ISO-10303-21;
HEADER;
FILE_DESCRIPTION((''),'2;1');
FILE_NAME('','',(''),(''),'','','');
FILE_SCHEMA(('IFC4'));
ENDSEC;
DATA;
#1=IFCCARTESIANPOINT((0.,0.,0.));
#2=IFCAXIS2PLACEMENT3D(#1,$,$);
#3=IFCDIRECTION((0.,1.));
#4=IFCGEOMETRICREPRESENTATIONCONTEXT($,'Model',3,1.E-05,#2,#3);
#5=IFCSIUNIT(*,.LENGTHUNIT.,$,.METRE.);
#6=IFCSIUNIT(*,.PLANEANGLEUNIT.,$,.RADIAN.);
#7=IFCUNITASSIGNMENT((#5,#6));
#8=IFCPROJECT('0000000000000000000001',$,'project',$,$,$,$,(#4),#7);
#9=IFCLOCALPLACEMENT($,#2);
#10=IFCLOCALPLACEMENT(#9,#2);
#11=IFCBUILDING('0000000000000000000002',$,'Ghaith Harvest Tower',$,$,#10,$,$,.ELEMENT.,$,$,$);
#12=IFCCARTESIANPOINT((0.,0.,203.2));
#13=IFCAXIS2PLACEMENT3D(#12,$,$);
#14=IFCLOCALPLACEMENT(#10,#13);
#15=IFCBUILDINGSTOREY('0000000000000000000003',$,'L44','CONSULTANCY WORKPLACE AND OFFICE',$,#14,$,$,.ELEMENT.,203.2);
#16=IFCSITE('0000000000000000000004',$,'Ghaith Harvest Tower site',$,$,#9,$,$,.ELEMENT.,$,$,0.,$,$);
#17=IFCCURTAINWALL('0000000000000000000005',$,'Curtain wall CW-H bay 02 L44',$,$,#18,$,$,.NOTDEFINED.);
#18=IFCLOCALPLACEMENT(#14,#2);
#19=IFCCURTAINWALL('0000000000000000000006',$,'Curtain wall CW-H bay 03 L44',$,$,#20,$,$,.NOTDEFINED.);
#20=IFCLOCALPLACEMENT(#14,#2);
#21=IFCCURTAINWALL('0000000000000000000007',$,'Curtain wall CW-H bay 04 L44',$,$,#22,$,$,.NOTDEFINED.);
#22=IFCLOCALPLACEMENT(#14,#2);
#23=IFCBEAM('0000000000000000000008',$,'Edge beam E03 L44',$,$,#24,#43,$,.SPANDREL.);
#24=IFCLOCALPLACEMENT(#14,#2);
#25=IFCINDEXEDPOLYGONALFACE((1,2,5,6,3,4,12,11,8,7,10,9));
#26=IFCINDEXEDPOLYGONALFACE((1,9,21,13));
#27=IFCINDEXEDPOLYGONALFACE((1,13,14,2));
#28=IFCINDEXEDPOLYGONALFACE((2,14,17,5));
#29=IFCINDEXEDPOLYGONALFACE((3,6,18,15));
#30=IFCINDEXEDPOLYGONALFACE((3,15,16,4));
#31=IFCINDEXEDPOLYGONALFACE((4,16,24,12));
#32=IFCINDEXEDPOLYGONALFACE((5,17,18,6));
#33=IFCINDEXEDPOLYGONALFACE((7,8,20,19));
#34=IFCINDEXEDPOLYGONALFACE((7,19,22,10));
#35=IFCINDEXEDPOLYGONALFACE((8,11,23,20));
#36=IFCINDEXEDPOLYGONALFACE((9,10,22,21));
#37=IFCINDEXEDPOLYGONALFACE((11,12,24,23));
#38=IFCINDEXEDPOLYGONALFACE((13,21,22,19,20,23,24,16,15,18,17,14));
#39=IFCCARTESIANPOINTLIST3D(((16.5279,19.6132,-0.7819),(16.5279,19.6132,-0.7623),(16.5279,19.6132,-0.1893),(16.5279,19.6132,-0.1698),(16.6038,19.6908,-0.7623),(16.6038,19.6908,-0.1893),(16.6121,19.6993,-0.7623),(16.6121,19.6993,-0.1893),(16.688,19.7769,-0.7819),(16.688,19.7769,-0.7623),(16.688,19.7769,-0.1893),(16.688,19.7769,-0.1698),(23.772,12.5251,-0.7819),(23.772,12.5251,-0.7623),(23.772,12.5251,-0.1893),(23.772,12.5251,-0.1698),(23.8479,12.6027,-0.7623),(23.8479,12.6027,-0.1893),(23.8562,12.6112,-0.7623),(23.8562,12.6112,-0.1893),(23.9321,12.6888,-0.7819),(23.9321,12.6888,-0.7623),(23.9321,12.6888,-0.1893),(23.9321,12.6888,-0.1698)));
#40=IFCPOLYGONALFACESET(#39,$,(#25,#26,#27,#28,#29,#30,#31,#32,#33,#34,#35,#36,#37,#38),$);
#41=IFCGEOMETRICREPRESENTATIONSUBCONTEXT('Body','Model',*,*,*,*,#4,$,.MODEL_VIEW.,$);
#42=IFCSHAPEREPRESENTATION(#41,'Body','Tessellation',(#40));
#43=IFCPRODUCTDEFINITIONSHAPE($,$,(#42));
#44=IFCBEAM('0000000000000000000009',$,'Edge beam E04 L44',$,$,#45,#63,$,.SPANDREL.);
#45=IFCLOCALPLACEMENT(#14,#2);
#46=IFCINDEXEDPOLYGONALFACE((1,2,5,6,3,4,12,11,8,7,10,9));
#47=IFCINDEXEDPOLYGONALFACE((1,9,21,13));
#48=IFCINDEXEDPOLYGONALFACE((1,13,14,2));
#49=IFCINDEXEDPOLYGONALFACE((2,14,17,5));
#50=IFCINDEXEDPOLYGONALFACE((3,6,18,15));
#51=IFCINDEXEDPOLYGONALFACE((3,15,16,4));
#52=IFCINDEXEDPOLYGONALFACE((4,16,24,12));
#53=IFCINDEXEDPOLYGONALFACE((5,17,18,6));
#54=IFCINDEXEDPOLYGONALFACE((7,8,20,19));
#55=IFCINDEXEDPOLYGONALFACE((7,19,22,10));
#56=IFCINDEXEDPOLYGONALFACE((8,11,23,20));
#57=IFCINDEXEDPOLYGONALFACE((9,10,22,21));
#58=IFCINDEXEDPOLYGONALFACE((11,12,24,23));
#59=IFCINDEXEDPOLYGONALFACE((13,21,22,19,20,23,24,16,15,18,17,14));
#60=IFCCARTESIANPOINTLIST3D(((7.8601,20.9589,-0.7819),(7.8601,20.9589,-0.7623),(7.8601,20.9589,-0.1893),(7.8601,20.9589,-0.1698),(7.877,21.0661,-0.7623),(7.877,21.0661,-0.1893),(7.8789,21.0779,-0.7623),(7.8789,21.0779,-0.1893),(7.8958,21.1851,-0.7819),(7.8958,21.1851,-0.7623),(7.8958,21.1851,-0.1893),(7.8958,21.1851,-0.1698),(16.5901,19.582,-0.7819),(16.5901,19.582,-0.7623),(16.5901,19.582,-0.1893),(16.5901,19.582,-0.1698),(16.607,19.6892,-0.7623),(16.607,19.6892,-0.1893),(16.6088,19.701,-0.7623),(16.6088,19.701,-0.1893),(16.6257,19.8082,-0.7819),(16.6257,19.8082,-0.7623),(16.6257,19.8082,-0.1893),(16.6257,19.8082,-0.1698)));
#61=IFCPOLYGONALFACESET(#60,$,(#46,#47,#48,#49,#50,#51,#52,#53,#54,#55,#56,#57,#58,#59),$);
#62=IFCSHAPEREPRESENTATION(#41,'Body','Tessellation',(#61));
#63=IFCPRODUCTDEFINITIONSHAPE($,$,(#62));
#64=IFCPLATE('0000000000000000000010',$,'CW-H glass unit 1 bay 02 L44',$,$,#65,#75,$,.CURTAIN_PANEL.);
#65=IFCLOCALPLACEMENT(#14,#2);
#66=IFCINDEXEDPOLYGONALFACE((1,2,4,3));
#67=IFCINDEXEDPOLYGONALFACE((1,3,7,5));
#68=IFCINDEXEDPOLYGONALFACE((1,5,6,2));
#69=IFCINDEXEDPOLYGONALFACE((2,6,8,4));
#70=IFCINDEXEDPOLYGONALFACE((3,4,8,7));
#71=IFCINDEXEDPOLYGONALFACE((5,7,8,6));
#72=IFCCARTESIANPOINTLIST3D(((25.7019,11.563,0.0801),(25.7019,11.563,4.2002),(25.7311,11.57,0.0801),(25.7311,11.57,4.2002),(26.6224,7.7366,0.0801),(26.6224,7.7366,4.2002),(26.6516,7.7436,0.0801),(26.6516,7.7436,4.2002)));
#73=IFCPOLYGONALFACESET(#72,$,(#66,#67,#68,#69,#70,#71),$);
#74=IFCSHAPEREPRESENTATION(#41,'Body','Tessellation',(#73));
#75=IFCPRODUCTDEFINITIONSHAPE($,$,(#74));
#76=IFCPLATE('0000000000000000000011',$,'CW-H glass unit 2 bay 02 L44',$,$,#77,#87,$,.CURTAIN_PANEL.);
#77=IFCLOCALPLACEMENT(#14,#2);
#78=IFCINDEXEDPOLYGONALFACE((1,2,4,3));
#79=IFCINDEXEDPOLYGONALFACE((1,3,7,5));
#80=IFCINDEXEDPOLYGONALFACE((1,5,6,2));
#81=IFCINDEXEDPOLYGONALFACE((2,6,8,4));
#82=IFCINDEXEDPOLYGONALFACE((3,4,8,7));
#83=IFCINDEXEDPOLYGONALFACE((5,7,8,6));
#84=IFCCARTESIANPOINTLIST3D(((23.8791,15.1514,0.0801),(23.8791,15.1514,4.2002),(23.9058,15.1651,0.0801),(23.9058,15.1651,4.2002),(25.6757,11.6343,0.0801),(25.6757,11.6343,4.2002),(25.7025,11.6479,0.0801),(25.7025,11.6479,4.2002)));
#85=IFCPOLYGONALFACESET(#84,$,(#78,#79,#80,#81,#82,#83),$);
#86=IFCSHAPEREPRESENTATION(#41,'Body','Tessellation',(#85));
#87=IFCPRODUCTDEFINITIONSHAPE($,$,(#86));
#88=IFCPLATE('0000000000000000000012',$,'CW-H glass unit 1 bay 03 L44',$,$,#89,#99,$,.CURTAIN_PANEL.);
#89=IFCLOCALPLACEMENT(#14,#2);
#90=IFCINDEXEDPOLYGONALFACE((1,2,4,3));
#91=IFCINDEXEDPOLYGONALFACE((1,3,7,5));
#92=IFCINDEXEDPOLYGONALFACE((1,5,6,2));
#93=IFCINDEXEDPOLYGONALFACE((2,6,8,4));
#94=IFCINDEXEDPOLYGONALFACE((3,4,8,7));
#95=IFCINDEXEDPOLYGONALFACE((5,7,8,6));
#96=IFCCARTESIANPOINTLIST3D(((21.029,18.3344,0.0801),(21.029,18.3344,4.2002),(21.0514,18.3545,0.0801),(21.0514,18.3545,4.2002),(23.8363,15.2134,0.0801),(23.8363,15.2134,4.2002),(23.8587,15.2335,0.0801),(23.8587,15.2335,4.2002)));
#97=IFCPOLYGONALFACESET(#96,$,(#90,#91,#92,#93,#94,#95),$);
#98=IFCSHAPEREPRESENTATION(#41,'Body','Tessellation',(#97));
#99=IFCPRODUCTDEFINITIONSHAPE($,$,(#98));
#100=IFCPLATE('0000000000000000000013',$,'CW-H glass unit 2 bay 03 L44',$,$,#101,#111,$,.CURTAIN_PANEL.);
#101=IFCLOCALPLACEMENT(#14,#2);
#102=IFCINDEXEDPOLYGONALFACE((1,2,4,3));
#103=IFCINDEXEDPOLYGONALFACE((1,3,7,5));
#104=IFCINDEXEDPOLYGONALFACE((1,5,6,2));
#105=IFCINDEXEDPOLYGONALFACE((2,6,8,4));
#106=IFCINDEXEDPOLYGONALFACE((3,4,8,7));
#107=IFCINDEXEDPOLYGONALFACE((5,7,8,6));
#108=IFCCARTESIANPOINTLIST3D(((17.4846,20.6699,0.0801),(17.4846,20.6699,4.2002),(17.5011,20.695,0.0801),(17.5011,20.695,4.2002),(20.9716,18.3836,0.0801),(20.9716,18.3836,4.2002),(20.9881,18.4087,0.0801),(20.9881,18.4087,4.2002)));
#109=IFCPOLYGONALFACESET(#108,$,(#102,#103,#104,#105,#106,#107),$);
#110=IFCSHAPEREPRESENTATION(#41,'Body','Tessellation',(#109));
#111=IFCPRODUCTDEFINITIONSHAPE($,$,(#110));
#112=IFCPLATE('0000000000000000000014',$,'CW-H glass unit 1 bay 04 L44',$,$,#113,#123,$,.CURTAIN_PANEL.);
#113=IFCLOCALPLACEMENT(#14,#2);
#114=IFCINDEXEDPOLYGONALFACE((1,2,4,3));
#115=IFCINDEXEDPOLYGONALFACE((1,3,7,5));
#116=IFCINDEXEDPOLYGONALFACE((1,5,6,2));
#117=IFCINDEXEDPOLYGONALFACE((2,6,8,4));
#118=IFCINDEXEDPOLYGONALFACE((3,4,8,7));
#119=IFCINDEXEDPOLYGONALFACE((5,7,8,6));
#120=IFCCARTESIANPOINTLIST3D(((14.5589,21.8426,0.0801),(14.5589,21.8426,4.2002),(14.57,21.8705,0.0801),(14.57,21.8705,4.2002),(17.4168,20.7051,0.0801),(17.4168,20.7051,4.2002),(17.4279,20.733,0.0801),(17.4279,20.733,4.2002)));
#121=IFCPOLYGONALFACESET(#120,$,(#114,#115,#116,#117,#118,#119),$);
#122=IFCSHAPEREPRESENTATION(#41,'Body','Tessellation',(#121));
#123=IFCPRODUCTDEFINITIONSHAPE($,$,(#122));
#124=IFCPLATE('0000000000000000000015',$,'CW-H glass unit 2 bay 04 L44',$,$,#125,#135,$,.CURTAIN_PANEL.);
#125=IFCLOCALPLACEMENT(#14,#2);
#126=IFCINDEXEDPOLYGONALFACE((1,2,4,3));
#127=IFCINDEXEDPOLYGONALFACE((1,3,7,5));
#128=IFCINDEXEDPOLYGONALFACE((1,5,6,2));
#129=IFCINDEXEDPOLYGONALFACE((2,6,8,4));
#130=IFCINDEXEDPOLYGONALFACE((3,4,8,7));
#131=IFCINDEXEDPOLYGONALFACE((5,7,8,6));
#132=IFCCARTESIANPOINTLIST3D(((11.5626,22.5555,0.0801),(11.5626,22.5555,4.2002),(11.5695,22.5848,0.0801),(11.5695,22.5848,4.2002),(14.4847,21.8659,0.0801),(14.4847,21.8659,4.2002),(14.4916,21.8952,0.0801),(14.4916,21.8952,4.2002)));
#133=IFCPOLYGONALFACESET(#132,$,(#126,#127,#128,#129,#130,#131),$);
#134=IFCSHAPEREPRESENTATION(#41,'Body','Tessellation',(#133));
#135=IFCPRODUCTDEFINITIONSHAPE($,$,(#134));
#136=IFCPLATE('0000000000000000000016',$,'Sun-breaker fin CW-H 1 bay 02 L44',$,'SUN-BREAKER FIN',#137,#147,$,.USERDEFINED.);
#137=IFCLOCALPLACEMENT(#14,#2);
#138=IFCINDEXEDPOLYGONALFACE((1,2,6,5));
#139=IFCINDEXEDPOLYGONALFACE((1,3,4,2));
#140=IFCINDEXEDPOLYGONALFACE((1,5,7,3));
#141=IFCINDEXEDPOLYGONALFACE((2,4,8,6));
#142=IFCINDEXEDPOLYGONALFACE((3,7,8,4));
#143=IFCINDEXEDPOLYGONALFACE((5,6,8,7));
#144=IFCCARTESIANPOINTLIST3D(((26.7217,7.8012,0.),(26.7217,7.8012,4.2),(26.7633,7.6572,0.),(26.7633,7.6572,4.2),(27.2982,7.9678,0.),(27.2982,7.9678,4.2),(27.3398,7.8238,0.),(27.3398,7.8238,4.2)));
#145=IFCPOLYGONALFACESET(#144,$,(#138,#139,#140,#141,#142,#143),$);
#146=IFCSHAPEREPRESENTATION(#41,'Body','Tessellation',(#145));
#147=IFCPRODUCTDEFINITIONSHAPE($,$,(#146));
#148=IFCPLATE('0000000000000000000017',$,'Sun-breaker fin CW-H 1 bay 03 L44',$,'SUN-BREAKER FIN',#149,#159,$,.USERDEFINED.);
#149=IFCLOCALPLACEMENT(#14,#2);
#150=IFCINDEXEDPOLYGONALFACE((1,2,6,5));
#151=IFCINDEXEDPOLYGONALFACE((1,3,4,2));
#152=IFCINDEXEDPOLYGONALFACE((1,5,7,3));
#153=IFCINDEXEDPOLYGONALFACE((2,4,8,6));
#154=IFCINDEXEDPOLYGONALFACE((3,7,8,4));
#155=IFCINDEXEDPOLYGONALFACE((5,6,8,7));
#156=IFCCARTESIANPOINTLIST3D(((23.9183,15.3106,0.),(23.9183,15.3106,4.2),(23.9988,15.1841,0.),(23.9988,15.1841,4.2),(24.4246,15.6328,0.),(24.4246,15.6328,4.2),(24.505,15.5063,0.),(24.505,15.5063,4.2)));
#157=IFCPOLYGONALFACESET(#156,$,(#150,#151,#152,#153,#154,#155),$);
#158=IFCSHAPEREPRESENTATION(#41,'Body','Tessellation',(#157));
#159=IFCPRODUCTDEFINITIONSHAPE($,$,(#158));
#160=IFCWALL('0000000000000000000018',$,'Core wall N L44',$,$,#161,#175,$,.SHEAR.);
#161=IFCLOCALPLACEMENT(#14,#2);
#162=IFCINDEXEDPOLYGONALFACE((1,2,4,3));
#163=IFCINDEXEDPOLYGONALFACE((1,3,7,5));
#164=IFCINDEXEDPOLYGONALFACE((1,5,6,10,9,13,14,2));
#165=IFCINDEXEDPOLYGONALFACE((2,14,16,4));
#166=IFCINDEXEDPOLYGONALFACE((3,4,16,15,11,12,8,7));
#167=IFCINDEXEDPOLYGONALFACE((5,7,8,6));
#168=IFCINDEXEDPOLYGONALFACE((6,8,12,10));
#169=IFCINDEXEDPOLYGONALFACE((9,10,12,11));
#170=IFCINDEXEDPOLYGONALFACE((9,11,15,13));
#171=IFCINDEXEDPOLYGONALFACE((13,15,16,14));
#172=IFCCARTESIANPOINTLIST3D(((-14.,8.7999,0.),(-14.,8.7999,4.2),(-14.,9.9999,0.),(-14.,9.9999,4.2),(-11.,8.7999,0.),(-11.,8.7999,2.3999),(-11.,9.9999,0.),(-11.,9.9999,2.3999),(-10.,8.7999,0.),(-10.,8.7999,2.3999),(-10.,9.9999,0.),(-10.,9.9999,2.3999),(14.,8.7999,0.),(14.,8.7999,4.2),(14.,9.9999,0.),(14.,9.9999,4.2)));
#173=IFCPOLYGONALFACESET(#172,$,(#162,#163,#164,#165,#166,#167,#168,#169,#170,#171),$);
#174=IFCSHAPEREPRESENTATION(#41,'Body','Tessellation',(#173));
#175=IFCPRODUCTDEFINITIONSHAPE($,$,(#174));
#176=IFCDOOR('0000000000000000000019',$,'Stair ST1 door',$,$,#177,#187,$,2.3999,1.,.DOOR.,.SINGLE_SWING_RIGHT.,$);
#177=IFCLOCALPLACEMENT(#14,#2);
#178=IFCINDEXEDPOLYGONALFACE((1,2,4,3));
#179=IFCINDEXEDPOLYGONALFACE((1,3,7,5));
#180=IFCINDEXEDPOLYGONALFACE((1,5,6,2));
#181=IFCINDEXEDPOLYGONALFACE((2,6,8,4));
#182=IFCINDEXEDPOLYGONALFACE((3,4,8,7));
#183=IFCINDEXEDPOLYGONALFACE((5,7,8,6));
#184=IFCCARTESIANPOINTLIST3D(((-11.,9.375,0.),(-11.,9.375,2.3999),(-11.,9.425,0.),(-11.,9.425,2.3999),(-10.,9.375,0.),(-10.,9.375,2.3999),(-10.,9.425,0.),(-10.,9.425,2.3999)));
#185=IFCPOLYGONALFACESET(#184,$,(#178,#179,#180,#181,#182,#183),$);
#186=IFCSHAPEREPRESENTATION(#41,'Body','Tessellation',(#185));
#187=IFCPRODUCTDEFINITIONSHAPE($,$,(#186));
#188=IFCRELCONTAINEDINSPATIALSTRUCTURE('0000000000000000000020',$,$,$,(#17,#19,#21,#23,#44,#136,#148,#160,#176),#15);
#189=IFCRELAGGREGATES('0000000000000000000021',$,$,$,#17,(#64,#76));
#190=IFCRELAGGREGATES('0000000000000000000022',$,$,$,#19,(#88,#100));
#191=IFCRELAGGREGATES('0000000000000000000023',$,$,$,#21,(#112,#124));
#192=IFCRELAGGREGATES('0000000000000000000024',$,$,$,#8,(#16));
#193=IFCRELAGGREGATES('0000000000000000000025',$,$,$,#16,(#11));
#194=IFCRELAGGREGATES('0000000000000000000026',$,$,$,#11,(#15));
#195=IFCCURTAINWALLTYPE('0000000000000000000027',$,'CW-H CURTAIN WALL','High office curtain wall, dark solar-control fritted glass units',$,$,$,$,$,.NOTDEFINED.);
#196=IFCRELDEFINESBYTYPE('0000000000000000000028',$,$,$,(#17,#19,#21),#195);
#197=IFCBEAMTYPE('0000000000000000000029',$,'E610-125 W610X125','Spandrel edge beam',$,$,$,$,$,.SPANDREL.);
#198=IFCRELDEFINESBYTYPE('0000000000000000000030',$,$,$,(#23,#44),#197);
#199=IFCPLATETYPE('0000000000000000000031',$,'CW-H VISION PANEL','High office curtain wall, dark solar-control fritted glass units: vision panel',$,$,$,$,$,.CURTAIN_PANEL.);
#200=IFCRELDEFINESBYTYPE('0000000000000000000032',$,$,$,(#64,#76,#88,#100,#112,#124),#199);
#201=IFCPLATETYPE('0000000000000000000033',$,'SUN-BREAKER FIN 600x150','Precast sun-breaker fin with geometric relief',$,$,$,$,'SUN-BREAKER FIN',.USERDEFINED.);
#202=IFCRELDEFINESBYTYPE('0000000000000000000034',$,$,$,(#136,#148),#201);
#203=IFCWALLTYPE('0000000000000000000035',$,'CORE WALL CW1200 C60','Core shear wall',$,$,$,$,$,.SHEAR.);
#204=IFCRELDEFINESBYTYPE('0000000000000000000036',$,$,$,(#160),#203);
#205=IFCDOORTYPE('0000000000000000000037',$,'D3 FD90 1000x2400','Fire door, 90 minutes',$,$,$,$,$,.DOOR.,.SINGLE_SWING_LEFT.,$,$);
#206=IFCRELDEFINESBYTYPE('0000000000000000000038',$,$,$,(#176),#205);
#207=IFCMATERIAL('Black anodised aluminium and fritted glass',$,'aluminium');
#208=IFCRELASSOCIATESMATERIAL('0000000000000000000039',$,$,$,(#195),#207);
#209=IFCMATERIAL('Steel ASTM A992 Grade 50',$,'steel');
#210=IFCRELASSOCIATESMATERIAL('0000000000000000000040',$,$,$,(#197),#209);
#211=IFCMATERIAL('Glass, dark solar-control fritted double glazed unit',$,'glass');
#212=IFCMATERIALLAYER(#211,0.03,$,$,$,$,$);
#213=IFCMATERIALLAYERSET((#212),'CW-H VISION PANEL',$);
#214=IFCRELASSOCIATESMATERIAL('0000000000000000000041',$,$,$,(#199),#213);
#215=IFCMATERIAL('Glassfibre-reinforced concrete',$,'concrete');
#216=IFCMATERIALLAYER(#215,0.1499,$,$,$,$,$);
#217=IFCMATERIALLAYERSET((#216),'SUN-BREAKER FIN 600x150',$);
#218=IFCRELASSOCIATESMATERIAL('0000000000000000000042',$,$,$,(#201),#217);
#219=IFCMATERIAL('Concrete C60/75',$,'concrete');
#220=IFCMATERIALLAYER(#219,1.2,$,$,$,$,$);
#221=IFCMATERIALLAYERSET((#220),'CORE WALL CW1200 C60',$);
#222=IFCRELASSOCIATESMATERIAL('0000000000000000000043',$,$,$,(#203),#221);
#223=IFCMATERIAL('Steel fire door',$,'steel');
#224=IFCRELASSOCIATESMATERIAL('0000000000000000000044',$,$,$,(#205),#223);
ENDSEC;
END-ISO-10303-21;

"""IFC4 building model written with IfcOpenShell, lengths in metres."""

from ifc_helpers import new_model, si_unit, direction, frame, frame_2d, origin, origin_2d, place, context, subcontext, project, spatial, rectangle, i_section, extrude, material, layer, layer_set, material_profile, profile_set, type_object, element, fill, aggregate, save


model = new_model("IFC4")

# Units and contexts
model_context = context("Model", 3, precision=1e-05, world=origin(), true_north=direction((0.0, 1.0)))
body_context = subcontext(model_context, "Body", "Model", "MODEL_VIEW")
ifc_project = project(units=[si_unit("LENGTHUNIT", "METRE"), si_unit("PLANEANGLEUNIT", "RADIAN")], contexts=[model_context])

# Site, building, storey
site_placement = place(None, origin())
site = spatial("IfcSite", under=ifc_project, at=site_placement, Name="Ghaith Harvest Tower site", CompositionType="ELEMENT", RefElevation=0.0)
building_placement = place(site_placement, origin())
building = spatial("IfcBuilding", under=site, at=building_placement, Name="Ghaith Harvest Tower", CompositionType="ELEMENT")
storey_placement = place(building_placement, frame((0.0, 0.0, 203.2)))
storey = spatial("IfcBuildingStorey", under=building, at=storey_placement, Name="L44", Description="CONSULTANCY WORKPLACE AND OFFICE", CompositionType="ELEMENT", Elevation=203.2)

# Curtain wall
ifc_material_1 = material(Name="Black anodised aluminium and fritted glass", Category="aluminium")
curtain_wall_type = type_object("IfcCurtainWallType", Name="CW-H CURTAIN WALL", Description="High office curtain wall, dark solar-control fritted glass units", PredefinedType="NOTDEFINED", material=ifc_material_1)
curtain_wall_1_placement = place(storey_placement, origin())
curtain_wall_1 = element("IfcCurtainWall", 1, at=curtain_wall_1_placement, inside=storey, type_object=curtain_wall_type, Name="Curtain wall CW-H bay 02 L44", PredefinedType="NOTDEFINED")

# Curtain walls
curtain_wall_2_placement = place(storey_placement, origin())
curtain_wall_2 = element("IfcCurtainWall", 2, at=curtain_wall_2_placement, inside=storey, type_object=curtain_wall_type, Name="Curtain wall CW-H bay 03 L44", PredefinedType="NOTDEFINED")
curtain_wall_3_placement = place(storey_placement, origin())
curtain_wall_3 = element("IfcCurtainWall", 3, at=curtain_wall_3_placement, inside=storey, type_object=curtain_wall_type, Name="Curtain wall CW-H bay 04 L44", PredefinedType="NOTDEFINED")

# Beams
ifc_material_2 = material(Name="Steel ASTM A992 Grade 50", Category="steel")
ifc_material_profile_1 = material_profile(ifc_material_2, i_section(OverallWidth=0.229, OverallDepth=0.6121, WebThickness=0.012, FlangeThickness=0.0195, at=origin_2d()), Name="W610X125")
ifc_profile_set_1 = profile_set([ifc_material_profile_1], Name="Steel ASTM A992 Grade 50")
beam_type = type_object("IfcBeamType", Name="E610-125 W610X125", Description="Spandrel edge beam", PredefinedType="SPANDREL", material=ifc_profile_set_1)
beam_1_placement = place(storey_placement, frame((23.8521, 12.6069, -0.4758), z_axis=(-0.714761, 0.699369, 0.0), x_axis=(-0.699369, -0.714761, 0.0)))
element("IfcBeam", 4, at=beam_1_placement, inside=storey, type_object=beam_type, Name="Edge beam E03 L44", PredefinedType="SPANDREL", context=body_context, shape_type="SweptSolid", body=[
    extrude(i_section(OverallWidth=0.229, OverallDepth=0.6121, WebThickness=0.012, FlangeThickness=0.0195, at=origin_2d()), origin(), (0.0, 0.0, 1.0), 10.135),
])
beam_2_placement = place(storey_placement, frame((16.6079, 19.6951, -0.4758), z_axis=(-0.987788, 0.155801, 0.0), x_axis=(-0.155801, -0.987788, 0.0)))
element("IfcBeam", 5, at=beam_2_placement, inside=storey, type_object=beam_type, Name="Edge beam E04 L44", PredefinedType="SPANDREL", context=body_context, shape_type="SweptSolid", body=[
    extrude(i_section(OverallWidth=0.229, OverallDepth=0.6121, WebThickness=0.012, FlangeThickness=0.0195, at=origin_2d()), origin(), (0.0, 0.0, 1.0), 8.8379),
])

# Plates
ifc_material_3 = material(Name="Glass, dark solar-control fritted double glazed unit", Category="glass")
ifc_layer_1 = layer(ifc_material_3, 0.03)
ifc_layer_set_1 = layer_set([ifc_layer_1], Name="CW-H VISION PANEL")
plate_type_1 = type_object("IfcPlateType", Name="CW-H VISION PANEL", Description="High office curtain wall, dark solar-control fritted glass units: vision panel", PredefinedType="CURTAIN_PANEL", material=ifc_layer_set_1)
plate_1_placement = place(storey_placement, frame((26.1768, 9.6533, 0.0801), z_axis=(0.0, 0.0, 1.0), x_axis=(-0.233894, 0.972262, 0.0)))
plate_1 = element("IfcPlate", 6, at=plate_1_placement, type_object=plate_type_1, Name="CW-H glass unit 1 bay 02 L44", PredefinedType="CURTAIN_PANEL", context=body_context, shape_type="SweptSolid", body=[
    extrude(rectangle(XDim=3.9355, YDim=0.03, at=origin_2d()), origin(), (0.0, 0.0, 1.0), 4.1201),
])
plate_2_placement = place(storey_placement, frame((24.7908, 13.3997, 0.0801), z_axis=(0.0, 0.0, 1.0), x_axis=(-0.454915, 0.890535, 0.0)))
plate_2 = element("IfcPlate", 7, at=plate_2_placement, type_object=plate_type_1, Name="CW-H glass unit 2 bay 02 L44", PredefinedType="CURTAIN_PANEL", context=body_context, shape_type="SweptSolid", body=[
    extrude(rectangle(XDim=3.9495, YDim=0.03, at=origin_2d()), origin(), (0.0, 0.0, 1.0), 4.1201),
])
aggregate(curtain_wall_1, [plate_1, plate_2])
plate_3_placement = place(storey_placement, frame((22.4438, 16.7839, 0.0801), z_axis=(0.0, 0.0, 1.0), x_axis=(-0.668758, 0.74348, 0.0)))
plate_3 = element("IfcPlate", 8, at=plate_3_placement, type_object=plate_type_1, Name="CW-H glass unit 1 bay 03 L44", PredefinedType="CURTAIN_PANEL", context=body_context, shape_type="SweptSolid", body=[
    extrude(rectangle(XDim=4.1978, YDim=0.03, at=origin_2d()), origin(), (0.0, 0.0, 1.0), 4.1201),
])
plate_4_placement = place(storey_placement, frame((19.2363, 19.5393, 0.0801), z_axis=(0.0, 0.0, 1.0), x_axis=(-0.836277, 0.548308, 0.0)))
plate_4 = element("IfcPlate", 9, at=plate_4_placement, type_object=plate_type_1, Name="CW-H glass unit 2 bay 03 L44", PredefinedType="CURTAIN_PANEL", context=body_context, shape_type="SweptSolid", body=[
    extrude(rectangle(XDim=4.1697, YDim=0.03, at=origin_2d()), origin(), (0.0, 0.0, 1.0), 4.1201),
])
aggregate(curtain_wall_2, [plate_3, plate_4])
plate_5_placement = place(storey_placement, frame((15.9934, 21.2878, 0.0801), z_axis=(0.0, 0.0, 1.0), x_axis=(-0.929107, 0.36981, 0.0)))
plate_5 = element("IfcPlate", 10, at=plate_5_placement, type_object=plate_type_1, Name="CW-H glass unit 1 bay 04 L44", PredefinedType="CURTAIN_PANEL", context=body_context, shape_type="SweptSolid", body=[
    extrude(rectangle(XDim=3.0759, YDim=0.03, at=origin_2d()), origin(), (0.0, 0.0, 1.0), 4.1201),
])
plate_6_placement = place(storey_placement, frame((13.0271, 22.2253, 0.0801), z_axis=(0.0, 0.0, 1.0), x_axis=(-0.973266, 0.22968, 0.0)))
plate_6 = element("IfcPlate", 11, at=plate_6_placement, type_object=plate_type_1, Name="CW-H glass unit 2 bay 04 L44", PredefinedType="CURTAIN_PANEL", context=body_context, shape_type="SweptSolid", body=[
    extrude(rectangle(XDim=3.0024, YDim=0.03, at=origin_2d()), origin(), (0.0, 0.0, 1.0), 4.1201),
])
aggregate(curtain_wall_3, [plate_5, plate_6])

# Plates
ifc_material_4 = material(Name="Glassfibre-reinforced concrete", Category="concrete")
ifc_layer_2 = layer(ifc_material_4, 0.1499)
ifc_layer_set_2 = layer_set([ifc_layer_2], Name="SUN-BREAKER FIN 600x150")
plate_type_2 = type_object("IfcPlateType", Name="SUN-BREAKER FIN 600x150", Description="Precast sun-breaker fin with geometric relief", ElementType="SUN-BREAKER FIN", PredefinedType="USERDEFINED", material=ifc_layer_set_2)
for number, where, z_axis, x_axis, name in (
    (12, (27.0308, 7.8125, 0.0), (0.0, 0.0, 1.0), (0.96068, 0.277657, 0.0), "Sun-breaker fin CW-H 1 bay 02 L44"),
    (13, (24.2117, 15.4084, 0.0), (0.0, 0.0, 1.0), (0.843644, 0.536903, 0.0), "Sun-breaker fin CW-H 1 bay 03 L44"),
):
    element("IfcPlate", number, at=place(storey_placement, frame(where, z_axis=z_axis, x_axis=x_axis)), inside=storey, type_object=plate_type_2, Name=name, ObjectType="SUN-BREAKER FIN", PredefinedType="USERDEFINED", context=body_context, shape_type="SweptSolid", body=[
        extrude(rectangle(XDim=0.6001, YDim=0.1499, at=origin_2d()), origin(), (0.0, 0.0, 1.0), 4.2),
    ])

# Wall, opening, door
ifc_material_5 = material(Name="Concrete C60/75", Category="concrete")
ifc_layer_3 = layer(ifc_material_5, 1.2)
ifc_layer_set_3 = layer_set([ifc_layer_3], Name="CORE WALL CW1200 C60")
wall_type_1 = type_object("IfcWallType", Name="CORE WALL CW1200 C60", Description="Core shear wall", PredefinedType="SHEAR", material=ifc_layer_set_3)
wall_1_placement = place(storey_placement, frame((14.0, 9.3999, 0.0), z_axis=(0.0, 0.0, 1.0), x_axis=(-1.0, 0.0, 0.0)))
wall_1 = element("IfcWall", 14, at=wall_1_placement, inside=storey, type_object=wall_type_1, Name="Core wall N L44", PredefinedType="SHEAR", context=body_context, shape_type="SweptSolid", body=[
    extrude(rectangle(XDim=28.0, YDim=1.2, at=frame_2d((14.0, 0.0))), origin(), (0.0, 0.0, 1.0), 4.2),
])
opening_placement = place(wall_1_placement, frame((24.0, 0.0, 0.0)))
opening = element("IfcOpeningElement", 15, at=opening_placement, cuts=wall_1, PredefinedType="OPENING", context=body_context, shape_type="SweptSolid", body=[
    extrude(rectangle(XDim=1.0, YDim=2.3999, at=frame_2d((0.5, 1.2))), frame((0.0, 0.6099, 0.0), z_axis=(0.0, -1.0, 0.0), x_axis=(1.0, 0.0, 0.0)), (0.0, 0.0, 1.0), 1.22),
])
ifc_material_6 = material(Name="Steel fire door", Category="steel")
door_type = type_object("IfcDoorType", Name="D3 FD90 1000x2400", Description="Fire door, 90 minutes", OperationType="SINGLE_SWING_LEFT", PredefinedType="DOOR", material=ifc_material_6)
door_placement = place(opening_placement, origin())
door = element("IfcDoor", 16, at=door_placement, inside=storey, type_object=door_type, Name="Stair ST1 door", OperationType="SINGLE_SWING_RIGHT", OverallHeight=2.3999, OverallWidth=1.0, PredefinedType="DOOR", context=body_context, shape_type="SweptSolid", body=[
    extrude(rectangle(XDim=1.0, YDim=2.3999, at=frame_2d((0.5, 1.2))), frame((0.0, 0.0249, 0.0), z_axis=(0.0, -1.0, 0.0), x_axis=(1.0, 0.0, 0.0)), (0.0, 0.0, 1.0), 0.05),
])
fill(opening, door)

save(model, "model.ifc")
